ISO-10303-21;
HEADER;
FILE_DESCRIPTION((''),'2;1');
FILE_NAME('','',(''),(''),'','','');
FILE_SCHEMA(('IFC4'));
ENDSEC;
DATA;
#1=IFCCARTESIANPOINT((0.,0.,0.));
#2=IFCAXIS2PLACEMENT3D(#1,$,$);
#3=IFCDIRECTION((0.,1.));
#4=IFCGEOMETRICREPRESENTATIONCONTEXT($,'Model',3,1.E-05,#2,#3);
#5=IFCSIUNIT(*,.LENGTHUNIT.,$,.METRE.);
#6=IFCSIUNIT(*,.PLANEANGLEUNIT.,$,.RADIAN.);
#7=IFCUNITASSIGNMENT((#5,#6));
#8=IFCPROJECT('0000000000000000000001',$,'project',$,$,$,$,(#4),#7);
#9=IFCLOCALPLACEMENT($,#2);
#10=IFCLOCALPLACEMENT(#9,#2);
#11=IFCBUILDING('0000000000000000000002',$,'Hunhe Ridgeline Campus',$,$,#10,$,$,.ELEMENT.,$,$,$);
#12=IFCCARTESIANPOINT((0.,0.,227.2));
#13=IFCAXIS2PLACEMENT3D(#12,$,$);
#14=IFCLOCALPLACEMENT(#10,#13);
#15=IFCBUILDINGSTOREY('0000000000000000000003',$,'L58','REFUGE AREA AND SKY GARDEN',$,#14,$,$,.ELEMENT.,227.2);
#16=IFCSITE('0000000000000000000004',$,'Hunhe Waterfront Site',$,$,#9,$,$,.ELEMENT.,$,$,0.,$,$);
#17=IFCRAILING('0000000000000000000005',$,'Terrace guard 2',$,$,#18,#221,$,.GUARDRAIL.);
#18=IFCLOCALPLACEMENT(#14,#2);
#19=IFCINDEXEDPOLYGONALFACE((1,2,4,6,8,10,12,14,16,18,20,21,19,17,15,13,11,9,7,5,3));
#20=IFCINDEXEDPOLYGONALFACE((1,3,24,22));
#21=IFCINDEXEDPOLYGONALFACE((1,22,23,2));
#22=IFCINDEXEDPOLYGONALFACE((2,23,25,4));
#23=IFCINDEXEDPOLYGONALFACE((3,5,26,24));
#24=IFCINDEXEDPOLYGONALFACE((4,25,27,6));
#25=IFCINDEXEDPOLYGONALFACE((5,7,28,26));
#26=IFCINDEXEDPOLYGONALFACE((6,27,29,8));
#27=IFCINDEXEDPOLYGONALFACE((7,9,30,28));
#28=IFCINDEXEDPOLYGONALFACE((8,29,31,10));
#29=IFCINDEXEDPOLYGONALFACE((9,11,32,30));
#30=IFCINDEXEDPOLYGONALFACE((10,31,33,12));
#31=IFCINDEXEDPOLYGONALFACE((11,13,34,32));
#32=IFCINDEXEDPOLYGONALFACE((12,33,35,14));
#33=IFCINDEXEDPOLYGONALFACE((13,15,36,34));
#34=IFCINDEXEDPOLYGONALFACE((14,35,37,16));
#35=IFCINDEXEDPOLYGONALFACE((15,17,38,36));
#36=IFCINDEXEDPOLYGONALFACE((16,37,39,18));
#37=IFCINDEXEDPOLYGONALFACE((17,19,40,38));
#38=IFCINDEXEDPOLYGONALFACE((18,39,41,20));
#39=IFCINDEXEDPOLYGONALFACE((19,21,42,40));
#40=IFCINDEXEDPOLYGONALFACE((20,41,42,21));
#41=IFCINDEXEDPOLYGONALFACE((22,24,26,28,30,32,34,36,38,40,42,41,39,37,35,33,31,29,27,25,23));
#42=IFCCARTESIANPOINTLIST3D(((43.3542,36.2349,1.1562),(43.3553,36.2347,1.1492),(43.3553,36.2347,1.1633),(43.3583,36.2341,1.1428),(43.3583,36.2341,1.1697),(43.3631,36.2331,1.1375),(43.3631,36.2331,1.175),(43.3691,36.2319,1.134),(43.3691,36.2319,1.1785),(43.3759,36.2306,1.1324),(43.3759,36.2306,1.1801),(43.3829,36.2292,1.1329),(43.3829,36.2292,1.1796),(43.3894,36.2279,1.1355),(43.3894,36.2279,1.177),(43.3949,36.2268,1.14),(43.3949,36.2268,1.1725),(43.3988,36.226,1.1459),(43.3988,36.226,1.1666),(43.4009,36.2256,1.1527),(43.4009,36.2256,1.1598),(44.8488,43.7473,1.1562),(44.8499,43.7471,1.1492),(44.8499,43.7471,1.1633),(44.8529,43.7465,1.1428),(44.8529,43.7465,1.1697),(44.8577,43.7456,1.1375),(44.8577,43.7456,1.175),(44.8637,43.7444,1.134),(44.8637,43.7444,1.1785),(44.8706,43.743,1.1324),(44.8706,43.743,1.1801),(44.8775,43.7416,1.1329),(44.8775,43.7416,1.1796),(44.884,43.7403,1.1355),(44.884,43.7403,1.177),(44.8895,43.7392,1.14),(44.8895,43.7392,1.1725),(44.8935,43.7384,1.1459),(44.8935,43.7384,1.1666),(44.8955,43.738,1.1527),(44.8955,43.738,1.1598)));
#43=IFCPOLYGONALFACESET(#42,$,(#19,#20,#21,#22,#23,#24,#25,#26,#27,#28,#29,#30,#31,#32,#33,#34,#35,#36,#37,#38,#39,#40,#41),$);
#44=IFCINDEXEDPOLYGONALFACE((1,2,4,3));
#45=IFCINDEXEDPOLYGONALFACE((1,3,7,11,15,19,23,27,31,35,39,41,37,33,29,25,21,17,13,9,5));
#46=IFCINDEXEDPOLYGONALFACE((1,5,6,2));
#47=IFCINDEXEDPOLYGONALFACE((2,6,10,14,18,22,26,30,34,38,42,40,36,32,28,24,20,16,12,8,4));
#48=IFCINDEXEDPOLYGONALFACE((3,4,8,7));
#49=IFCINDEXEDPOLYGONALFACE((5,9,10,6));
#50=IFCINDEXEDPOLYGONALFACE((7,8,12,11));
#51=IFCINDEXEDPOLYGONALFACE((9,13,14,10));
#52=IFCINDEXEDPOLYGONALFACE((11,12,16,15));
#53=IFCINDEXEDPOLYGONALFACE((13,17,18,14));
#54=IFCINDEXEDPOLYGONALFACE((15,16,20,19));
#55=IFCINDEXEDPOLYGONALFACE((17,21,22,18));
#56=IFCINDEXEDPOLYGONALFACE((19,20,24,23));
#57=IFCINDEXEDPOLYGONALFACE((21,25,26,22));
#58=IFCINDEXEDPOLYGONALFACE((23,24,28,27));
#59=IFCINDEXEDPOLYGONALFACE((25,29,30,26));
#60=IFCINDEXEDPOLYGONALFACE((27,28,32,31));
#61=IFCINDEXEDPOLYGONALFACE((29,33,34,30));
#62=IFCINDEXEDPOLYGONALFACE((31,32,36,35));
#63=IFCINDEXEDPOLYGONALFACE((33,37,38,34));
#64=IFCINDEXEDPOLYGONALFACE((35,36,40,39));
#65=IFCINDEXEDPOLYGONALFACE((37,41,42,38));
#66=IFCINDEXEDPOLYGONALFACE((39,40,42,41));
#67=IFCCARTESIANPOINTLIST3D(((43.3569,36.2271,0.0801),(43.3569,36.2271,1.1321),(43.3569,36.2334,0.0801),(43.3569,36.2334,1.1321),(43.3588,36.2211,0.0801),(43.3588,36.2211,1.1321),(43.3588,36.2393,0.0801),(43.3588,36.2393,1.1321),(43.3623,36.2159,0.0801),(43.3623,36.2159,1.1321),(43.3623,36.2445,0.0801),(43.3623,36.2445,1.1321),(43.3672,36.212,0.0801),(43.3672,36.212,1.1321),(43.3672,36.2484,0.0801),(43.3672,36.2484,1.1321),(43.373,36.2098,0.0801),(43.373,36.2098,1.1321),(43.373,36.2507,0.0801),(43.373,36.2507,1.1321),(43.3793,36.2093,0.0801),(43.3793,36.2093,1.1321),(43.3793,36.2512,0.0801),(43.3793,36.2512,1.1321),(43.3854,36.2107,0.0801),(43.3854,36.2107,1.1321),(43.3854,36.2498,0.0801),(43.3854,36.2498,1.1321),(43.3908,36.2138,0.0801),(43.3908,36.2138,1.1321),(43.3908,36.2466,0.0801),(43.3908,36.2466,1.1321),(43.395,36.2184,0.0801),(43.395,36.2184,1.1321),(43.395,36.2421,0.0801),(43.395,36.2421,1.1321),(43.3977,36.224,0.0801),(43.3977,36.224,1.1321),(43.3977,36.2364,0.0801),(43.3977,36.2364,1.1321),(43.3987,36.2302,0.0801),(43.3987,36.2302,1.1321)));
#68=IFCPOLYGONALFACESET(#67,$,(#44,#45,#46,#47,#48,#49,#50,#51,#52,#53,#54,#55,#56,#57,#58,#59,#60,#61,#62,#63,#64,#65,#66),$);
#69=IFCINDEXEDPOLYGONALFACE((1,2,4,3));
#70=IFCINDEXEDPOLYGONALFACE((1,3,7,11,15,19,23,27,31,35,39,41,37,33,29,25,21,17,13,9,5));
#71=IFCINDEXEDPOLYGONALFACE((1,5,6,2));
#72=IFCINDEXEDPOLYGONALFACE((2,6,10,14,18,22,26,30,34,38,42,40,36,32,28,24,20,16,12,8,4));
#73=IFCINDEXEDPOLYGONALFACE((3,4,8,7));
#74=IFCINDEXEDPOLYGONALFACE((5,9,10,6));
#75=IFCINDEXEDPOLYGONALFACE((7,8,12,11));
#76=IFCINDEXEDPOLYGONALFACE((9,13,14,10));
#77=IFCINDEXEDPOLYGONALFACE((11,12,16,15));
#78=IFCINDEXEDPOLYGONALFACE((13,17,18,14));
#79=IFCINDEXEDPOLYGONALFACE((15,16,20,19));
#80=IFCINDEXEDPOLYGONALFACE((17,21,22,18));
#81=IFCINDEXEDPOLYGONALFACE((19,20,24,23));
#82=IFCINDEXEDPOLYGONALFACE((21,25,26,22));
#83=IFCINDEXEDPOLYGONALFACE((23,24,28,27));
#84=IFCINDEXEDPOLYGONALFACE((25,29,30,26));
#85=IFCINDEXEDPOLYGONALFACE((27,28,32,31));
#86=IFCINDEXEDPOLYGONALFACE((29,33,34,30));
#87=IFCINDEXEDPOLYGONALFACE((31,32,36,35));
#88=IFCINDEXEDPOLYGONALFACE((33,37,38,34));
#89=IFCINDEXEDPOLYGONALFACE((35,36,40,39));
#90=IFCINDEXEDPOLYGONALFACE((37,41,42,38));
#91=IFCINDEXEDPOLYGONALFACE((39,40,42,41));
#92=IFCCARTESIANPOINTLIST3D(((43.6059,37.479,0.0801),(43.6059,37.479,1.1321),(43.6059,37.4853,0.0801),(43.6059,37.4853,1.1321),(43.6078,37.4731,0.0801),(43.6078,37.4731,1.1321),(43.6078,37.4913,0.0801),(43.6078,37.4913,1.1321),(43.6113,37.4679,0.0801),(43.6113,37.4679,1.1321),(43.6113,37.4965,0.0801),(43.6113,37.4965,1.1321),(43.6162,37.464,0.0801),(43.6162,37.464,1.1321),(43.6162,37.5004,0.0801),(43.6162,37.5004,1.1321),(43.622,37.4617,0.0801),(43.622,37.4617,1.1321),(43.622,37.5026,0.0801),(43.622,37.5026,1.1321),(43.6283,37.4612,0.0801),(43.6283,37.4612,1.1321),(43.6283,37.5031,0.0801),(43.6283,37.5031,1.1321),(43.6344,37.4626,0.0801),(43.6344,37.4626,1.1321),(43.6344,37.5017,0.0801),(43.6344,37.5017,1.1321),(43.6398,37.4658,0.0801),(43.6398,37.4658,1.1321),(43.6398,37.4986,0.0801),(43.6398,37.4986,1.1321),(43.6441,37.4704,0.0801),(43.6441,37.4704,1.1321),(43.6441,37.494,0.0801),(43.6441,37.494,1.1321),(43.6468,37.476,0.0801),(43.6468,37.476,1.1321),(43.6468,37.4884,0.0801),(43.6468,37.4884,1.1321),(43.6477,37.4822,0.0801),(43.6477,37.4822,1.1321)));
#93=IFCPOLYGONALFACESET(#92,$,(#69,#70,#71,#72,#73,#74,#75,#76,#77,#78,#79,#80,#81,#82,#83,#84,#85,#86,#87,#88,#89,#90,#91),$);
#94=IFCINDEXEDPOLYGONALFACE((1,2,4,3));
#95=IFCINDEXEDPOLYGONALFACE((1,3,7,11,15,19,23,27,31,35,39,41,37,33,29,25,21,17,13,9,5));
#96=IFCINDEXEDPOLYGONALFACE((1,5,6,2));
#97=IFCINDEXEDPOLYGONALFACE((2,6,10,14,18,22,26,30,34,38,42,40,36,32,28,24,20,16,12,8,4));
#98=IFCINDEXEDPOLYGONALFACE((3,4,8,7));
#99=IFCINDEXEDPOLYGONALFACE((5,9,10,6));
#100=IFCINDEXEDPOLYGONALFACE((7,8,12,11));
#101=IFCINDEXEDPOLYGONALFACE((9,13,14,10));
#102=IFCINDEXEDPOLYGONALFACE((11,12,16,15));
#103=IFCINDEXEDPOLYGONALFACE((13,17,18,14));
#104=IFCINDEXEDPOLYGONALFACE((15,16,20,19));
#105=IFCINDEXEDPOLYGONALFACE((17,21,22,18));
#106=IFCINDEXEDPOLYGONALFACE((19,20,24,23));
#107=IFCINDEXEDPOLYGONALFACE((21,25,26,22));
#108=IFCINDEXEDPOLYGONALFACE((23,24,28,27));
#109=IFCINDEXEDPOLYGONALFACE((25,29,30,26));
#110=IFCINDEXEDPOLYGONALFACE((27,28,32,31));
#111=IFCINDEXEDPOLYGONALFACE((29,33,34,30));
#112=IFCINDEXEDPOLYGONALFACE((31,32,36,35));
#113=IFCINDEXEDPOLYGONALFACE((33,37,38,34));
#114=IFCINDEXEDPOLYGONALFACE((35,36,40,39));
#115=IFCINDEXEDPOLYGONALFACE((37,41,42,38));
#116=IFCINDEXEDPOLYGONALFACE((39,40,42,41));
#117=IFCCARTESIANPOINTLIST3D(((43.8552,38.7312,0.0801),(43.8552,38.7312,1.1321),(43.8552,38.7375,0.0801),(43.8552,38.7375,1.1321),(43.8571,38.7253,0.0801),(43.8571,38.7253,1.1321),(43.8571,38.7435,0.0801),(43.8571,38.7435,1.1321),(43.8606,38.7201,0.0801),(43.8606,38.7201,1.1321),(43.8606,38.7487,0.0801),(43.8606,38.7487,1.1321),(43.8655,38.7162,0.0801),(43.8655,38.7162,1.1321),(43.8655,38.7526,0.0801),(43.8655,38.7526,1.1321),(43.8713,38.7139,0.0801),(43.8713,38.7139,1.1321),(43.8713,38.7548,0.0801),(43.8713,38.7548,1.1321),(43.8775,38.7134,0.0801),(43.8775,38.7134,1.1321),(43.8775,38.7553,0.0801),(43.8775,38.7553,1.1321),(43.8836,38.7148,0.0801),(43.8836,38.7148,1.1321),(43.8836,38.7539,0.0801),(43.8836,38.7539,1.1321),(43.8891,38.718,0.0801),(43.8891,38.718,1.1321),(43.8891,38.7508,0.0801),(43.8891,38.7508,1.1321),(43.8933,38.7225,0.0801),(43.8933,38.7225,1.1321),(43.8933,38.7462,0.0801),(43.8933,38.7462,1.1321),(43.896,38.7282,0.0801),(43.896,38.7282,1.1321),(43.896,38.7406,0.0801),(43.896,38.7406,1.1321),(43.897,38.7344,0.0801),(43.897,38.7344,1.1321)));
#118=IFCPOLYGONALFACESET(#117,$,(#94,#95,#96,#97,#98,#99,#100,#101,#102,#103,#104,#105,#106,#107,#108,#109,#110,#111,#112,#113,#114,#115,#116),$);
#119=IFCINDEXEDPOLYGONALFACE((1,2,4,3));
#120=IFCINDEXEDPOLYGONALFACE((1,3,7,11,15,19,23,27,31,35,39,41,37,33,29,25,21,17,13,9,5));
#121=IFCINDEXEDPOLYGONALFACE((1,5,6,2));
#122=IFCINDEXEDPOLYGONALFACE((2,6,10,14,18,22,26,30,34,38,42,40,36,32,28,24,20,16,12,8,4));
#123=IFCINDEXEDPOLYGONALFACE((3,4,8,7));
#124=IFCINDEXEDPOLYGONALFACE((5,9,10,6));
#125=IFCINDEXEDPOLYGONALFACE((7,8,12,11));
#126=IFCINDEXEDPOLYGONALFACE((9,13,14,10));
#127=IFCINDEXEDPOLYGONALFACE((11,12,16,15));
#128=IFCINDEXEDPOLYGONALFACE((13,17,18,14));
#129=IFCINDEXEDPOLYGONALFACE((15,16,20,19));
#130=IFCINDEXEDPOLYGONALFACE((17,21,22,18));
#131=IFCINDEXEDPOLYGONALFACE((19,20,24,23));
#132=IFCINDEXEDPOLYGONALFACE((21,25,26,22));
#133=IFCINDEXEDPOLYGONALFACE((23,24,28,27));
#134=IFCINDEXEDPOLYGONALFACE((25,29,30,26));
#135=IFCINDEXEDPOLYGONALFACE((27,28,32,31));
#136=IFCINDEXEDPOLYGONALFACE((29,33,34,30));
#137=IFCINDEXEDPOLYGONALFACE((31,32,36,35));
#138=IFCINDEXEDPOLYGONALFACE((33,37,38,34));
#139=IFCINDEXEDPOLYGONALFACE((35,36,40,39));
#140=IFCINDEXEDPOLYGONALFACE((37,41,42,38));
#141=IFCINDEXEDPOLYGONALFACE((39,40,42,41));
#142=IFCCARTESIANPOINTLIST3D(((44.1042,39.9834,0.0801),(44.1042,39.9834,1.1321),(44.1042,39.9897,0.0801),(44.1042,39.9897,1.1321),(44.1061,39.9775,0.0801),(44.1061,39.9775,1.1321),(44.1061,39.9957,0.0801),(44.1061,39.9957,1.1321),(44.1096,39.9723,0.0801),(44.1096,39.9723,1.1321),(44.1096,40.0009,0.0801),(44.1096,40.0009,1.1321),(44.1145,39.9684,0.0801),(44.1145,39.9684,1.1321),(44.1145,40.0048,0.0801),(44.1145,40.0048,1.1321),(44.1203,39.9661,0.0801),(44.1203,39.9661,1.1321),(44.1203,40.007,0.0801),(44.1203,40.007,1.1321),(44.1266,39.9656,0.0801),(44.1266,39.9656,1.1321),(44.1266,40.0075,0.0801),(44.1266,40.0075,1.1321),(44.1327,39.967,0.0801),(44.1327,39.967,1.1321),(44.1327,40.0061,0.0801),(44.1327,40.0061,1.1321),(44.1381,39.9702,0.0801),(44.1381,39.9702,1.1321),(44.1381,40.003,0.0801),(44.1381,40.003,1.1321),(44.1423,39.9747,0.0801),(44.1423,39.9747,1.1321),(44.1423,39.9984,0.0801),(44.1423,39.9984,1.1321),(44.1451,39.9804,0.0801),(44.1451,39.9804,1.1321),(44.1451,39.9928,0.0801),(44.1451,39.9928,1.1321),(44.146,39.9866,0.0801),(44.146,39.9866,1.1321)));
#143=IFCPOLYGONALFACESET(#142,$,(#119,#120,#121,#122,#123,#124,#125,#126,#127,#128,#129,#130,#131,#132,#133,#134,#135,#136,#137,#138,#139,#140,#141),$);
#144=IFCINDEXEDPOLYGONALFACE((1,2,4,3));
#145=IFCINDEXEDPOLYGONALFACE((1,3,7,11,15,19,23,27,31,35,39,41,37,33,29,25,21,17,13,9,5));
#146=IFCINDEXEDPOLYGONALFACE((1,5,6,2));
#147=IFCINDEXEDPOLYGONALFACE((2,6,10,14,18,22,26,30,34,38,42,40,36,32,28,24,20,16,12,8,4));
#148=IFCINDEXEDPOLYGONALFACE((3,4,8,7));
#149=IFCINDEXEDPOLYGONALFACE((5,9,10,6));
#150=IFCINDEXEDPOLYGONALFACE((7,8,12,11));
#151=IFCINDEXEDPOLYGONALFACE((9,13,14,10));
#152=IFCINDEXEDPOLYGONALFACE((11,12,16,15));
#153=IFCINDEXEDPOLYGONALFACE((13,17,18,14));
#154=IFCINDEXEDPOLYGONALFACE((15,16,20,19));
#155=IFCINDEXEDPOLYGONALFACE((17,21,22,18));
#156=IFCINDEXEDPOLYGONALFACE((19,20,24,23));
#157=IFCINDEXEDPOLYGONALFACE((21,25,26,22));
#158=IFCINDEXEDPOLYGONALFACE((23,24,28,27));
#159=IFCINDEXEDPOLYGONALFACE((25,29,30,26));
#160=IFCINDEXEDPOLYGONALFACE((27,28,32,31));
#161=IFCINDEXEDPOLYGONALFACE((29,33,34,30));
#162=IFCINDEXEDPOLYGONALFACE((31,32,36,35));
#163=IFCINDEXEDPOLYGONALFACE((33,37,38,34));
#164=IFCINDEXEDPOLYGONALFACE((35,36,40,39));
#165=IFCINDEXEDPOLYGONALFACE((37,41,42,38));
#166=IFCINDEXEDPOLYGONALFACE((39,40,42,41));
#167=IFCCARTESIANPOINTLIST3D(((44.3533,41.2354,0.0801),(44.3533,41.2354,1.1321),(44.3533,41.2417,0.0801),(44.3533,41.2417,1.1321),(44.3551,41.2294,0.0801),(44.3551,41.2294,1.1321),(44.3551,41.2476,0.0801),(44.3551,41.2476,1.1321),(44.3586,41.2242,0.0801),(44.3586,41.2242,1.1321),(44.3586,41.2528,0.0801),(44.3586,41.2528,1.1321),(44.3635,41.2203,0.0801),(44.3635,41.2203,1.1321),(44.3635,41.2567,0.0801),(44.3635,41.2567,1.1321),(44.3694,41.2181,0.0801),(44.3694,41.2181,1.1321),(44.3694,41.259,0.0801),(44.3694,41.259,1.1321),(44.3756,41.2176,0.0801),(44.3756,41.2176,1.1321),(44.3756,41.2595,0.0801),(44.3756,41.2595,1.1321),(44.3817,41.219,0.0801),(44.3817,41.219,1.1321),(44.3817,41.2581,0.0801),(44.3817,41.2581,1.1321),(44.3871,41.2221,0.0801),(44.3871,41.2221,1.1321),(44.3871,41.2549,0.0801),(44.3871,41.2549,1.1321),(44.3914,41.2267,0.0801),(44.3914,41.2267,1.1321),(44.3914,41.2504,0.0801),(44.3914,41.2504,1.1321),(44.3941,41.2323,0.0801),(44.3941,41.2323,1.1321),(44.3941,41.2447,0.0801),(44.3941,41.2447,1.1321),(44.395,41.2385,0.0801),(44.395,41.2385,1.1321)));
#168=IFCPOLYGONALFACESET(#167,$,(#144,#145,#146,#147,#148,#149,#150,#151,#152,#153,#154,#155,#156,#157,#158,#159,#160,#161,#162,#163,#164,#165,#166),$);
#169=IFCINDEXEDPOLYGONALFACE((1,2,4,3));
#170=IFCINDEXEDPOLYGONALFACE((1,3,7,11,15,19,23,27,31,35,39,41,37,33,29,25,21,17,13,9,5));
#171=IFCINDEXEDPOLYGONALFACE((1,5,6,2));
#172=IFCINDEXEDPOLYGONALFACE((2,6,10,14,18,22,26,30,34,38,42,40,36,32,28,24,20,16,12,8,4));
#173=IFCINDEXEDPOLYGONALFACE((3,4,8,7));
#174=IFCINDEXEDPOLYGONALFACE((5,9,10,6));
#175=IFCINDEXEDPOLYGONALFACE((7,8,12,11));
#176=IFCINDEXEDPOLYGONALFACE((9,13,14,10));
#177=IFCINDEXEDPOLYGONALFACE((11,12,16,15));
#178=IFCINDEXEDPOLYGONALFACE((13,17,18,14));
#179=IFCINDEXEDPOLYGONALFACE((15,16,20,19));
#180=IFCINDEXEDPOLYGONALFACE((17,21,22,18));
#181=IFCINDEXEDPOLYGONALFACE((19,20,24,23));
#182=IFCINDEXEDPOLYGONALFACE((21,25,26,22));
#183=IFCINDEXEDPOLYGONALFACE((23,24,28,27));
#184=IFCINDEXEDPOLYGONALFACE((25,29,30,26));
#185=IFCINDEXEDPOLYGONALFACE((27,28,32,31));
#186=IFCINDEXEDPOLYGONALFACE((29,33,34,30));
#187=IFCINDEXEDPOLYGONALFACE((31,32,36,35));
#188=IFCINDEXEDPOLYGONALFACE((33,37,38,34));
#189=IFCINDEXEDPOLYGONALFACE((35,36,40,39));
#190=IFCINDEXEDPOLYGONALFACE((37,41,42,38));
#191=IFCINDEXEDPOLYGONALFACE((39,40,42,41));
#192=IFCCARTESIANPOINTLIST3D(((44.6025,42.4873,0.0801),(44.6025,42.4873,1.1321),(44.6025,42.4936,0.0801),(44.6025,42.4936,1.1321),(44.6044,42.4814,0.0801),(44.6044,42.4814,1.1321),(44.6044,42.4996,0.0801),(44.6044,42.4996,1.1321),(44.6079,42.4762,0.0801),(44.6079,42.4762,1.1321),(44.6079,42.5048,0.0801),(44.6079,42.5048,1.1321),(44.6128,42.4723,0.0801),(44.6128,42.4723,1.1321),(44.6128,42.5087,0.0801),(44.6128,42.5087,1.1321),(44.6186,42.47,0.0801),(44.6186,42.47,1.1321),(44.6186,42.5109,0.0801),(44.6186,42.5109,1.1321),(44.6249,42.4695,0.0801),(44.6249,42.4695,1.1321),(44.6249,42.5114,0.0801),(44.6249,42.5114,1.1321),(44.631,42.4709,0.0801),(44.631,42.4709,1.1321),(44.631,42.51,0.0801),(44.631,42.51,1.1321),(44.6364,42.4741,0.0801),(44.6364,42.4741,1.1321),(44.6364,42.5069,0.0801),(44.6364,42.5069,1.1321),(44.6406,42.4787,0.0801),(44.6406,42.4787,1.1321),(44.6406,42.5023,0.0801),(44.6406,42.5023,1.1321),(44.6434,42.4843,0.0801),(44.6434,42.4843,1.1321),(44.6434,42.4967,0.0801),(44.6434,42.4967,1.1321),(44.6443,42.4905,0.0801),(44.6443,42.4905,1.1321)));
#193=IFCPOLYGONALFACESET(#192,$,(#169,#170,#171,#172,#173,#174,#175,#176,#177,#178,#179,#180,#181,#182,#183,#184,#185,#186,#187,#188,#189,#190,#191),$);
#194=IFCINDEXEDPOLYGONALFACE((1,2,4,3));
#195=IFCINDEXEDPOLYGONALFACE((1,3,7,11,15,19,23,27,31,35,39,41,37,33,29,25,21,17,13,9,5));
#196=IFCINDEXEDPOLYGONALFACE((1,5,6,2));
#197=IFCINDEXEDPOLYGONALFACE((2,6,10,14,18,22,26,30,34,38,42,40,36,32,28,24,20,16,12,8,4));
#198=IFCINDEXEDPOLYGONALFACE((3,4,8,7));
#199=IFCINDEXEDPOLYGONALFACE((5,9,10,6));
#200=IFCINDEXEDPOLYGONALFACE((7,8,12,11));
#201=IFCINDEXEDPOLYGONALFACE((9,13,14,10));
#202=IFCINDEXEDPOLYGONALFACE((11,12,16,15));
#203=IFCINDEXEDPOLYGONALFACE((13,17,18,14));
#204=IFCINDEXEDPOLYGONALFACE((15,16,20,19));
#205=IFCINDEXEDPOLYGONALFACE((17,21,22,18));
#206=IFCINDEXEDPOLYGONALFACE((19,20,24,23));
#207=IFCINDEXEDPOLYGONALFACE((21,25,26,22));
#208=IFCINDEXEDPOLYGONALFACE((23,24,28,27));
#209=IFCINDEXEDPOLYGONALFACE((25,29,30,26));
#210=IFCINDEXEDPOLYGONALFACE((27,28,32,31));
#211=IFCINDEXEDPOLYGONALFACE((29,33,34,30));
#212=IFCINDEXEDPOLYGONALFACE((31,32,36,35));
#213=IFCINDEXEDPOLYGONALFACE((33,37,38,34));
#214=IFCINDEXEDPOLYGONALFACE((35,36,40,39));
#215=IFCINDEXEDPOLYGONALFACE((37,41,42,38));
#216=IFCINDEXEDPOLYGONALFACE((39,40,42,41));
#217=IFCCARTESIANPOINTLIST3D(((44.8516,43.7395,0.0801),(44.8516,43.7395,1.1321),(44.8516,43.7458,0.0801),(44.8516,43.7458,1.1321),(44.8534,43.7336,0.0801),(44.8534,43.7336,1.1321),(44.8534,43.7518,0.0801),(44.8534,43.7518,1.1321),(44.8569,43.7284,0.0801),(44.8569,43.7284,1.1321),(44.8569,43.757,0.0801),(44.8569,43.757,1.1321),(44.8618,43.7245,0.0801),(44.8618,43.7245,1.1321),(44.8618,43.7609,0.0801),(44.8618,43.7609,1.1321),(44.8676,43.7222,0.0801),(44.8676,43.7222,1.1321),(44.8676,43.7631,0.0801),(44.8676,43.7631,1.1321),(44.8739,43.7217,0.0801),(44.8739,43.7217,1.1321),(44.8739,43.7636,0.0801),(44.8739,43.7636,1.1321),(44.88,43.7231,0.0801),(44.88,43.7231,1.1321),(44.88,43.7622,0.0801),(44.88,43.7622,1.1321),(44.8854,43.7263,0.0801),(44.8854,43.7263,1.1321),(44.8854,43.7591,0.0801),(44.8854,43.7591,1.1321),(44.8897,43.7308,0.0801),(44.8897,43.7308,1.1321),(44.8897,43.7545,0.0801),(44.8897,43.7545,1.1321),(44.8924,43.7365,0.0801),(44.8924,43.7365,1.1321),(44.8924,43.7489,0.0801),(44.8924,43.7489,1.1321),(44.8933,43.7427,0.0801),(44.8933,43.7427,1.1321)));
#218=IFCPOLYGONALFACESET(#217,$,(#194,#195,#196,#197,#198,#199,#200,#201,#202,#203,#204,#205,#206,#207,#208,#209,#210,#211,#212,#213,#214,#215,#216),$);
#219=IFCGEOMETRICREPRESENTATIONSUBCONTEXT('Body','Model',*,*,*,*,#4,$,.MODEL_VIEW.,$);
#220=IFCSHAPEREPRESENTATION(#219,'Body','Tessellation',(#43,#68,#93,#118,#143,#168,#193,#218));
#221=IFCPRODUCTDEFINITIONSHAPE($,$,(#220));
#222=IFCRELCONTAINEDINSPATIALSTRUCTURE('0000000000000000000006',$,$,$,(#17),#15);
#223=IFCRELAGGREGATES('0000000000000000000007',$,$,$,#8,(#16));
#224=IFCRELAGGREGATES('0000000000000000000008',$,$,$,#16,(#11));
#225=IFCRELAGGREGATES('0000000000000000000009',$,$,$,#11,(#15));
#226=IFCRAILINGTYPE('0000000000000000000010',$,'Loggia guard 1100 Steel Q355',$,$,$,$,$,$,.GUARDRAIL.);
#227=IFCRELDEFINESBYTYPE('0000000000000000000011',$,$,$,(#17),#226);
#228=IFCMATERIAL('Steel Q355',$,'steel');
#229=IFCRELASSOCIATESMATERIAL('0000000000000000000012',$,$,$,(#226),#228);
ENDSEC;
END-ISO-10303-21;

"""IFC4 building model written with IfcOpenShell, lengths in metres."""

from ifc_helpers import new_model, si_unit, direction, frame, origin, origin_2d, place, context, subcontext, project, spatial, circle, extrude, material, type_object, element, save


model = new_model("IFC4")

# Units and contexts
model_context = context("Model", 3, precision=1e-05, world=origin(), true_north=direction((0.0, 1.0)))
body_context = subcontext(model_context, "Body", "Model", "MODEL_VIEW")
ifc_project = project(units=[si_unit("LENGTHUNIT", "METRE"), si_unit("PLANEANGLEUNIT", "RADIAN")], contexts=[model_context])

# Site, building, storey
site_placement = place(None, origin())
site = spatial("IfcSite", under=ifc_project, at=site_placement, Name="Hunhe Waterfront Site", CompositionType="ELEMENT", RefElevation=0.0)
building_placement = place(site_placement, origin())
building = spatial("IfcBuilding", under=site, at=building_placement, Name="Hunhe Ridgeline Campus", CompositionType="ELEMENT")
storey_placement = place(building_placement, frame((0.0, 0.0, 227.2)))
storey = spatial("IfcBuildingStorey", under=building, at=storey_placement, Name="L58", Description="REFUGE AREA AND SKY GARDEN", CompositionType="ELEMENT", Elevation=227.2)

# Railing
ifc_material_1 = material(Name="Steel Q355", Category="steel")
railing_type = type_object("IfcRailingType", Name="Loggia guard 1100 Steel Q355", PredefinedType="GUARDRAIL", material=ifc_material_1)
railing_1_placement = place(storey_placement, frame((43.3777, 36.2302, 0.0801)))
element("IfcRailing", 1, at=railing_1_placement, inside=storey, type_object=railing_type, Name="Terrace guard 2", PredefinedType="GUARDRAIL", context=body_context, shape_type="SweptSolid", body=[
    extrude(circle(Radius=0.0239, at=origin_2d()), frame((0.0, 0.0, 1.0762), z_axis=(0.195129, 0.980778, 0.0), x_axis=(-0.980778, 0.195129, 0.0)), (0.0, 0.0, 1.0), 7.6597),
    extrude(circle(Radius=0.021, at=origin_2d()), origin(), (0.0, 0.0, 1.0), 1.052),
    extrude(circle(Radius=0.021, at=origin_2d()), frame((0.249, 1.252, 0.0)), (0.0, 0.0, 1.0), 1.052),
    extrude(circle(Radius=0.021, at=origin_2d()), frame((0.4983, 2.5042, 0.0)), (0.0, 0.0, 1.0), 1.052),
    extrude(circle(Radius=0.021, at=origin_2d()), frame((0.7473, 3.7563, 0.0)), (0.0, 0.0, 1.0), 1.052),
    extrude(circle(Radius=0.021, at=origin_2d()), frame((0.9963, 5.0083, 0.0)), (0.0, 0.0, 1.0), 1.052),
    extrude(circle(Radius=0.021, at=origin_2d()), frame((1.2456, 6.2603, 0.0)), (0.0, 0.0, 1.0), 1.052),
    extrude(circle(Radius=0.021, at=origin_2d()), frame((1.4946, 7.5125, 0.0)), (0.0, 0.0, 1.0), 1.052),
])

save(model, "model.ifc")
